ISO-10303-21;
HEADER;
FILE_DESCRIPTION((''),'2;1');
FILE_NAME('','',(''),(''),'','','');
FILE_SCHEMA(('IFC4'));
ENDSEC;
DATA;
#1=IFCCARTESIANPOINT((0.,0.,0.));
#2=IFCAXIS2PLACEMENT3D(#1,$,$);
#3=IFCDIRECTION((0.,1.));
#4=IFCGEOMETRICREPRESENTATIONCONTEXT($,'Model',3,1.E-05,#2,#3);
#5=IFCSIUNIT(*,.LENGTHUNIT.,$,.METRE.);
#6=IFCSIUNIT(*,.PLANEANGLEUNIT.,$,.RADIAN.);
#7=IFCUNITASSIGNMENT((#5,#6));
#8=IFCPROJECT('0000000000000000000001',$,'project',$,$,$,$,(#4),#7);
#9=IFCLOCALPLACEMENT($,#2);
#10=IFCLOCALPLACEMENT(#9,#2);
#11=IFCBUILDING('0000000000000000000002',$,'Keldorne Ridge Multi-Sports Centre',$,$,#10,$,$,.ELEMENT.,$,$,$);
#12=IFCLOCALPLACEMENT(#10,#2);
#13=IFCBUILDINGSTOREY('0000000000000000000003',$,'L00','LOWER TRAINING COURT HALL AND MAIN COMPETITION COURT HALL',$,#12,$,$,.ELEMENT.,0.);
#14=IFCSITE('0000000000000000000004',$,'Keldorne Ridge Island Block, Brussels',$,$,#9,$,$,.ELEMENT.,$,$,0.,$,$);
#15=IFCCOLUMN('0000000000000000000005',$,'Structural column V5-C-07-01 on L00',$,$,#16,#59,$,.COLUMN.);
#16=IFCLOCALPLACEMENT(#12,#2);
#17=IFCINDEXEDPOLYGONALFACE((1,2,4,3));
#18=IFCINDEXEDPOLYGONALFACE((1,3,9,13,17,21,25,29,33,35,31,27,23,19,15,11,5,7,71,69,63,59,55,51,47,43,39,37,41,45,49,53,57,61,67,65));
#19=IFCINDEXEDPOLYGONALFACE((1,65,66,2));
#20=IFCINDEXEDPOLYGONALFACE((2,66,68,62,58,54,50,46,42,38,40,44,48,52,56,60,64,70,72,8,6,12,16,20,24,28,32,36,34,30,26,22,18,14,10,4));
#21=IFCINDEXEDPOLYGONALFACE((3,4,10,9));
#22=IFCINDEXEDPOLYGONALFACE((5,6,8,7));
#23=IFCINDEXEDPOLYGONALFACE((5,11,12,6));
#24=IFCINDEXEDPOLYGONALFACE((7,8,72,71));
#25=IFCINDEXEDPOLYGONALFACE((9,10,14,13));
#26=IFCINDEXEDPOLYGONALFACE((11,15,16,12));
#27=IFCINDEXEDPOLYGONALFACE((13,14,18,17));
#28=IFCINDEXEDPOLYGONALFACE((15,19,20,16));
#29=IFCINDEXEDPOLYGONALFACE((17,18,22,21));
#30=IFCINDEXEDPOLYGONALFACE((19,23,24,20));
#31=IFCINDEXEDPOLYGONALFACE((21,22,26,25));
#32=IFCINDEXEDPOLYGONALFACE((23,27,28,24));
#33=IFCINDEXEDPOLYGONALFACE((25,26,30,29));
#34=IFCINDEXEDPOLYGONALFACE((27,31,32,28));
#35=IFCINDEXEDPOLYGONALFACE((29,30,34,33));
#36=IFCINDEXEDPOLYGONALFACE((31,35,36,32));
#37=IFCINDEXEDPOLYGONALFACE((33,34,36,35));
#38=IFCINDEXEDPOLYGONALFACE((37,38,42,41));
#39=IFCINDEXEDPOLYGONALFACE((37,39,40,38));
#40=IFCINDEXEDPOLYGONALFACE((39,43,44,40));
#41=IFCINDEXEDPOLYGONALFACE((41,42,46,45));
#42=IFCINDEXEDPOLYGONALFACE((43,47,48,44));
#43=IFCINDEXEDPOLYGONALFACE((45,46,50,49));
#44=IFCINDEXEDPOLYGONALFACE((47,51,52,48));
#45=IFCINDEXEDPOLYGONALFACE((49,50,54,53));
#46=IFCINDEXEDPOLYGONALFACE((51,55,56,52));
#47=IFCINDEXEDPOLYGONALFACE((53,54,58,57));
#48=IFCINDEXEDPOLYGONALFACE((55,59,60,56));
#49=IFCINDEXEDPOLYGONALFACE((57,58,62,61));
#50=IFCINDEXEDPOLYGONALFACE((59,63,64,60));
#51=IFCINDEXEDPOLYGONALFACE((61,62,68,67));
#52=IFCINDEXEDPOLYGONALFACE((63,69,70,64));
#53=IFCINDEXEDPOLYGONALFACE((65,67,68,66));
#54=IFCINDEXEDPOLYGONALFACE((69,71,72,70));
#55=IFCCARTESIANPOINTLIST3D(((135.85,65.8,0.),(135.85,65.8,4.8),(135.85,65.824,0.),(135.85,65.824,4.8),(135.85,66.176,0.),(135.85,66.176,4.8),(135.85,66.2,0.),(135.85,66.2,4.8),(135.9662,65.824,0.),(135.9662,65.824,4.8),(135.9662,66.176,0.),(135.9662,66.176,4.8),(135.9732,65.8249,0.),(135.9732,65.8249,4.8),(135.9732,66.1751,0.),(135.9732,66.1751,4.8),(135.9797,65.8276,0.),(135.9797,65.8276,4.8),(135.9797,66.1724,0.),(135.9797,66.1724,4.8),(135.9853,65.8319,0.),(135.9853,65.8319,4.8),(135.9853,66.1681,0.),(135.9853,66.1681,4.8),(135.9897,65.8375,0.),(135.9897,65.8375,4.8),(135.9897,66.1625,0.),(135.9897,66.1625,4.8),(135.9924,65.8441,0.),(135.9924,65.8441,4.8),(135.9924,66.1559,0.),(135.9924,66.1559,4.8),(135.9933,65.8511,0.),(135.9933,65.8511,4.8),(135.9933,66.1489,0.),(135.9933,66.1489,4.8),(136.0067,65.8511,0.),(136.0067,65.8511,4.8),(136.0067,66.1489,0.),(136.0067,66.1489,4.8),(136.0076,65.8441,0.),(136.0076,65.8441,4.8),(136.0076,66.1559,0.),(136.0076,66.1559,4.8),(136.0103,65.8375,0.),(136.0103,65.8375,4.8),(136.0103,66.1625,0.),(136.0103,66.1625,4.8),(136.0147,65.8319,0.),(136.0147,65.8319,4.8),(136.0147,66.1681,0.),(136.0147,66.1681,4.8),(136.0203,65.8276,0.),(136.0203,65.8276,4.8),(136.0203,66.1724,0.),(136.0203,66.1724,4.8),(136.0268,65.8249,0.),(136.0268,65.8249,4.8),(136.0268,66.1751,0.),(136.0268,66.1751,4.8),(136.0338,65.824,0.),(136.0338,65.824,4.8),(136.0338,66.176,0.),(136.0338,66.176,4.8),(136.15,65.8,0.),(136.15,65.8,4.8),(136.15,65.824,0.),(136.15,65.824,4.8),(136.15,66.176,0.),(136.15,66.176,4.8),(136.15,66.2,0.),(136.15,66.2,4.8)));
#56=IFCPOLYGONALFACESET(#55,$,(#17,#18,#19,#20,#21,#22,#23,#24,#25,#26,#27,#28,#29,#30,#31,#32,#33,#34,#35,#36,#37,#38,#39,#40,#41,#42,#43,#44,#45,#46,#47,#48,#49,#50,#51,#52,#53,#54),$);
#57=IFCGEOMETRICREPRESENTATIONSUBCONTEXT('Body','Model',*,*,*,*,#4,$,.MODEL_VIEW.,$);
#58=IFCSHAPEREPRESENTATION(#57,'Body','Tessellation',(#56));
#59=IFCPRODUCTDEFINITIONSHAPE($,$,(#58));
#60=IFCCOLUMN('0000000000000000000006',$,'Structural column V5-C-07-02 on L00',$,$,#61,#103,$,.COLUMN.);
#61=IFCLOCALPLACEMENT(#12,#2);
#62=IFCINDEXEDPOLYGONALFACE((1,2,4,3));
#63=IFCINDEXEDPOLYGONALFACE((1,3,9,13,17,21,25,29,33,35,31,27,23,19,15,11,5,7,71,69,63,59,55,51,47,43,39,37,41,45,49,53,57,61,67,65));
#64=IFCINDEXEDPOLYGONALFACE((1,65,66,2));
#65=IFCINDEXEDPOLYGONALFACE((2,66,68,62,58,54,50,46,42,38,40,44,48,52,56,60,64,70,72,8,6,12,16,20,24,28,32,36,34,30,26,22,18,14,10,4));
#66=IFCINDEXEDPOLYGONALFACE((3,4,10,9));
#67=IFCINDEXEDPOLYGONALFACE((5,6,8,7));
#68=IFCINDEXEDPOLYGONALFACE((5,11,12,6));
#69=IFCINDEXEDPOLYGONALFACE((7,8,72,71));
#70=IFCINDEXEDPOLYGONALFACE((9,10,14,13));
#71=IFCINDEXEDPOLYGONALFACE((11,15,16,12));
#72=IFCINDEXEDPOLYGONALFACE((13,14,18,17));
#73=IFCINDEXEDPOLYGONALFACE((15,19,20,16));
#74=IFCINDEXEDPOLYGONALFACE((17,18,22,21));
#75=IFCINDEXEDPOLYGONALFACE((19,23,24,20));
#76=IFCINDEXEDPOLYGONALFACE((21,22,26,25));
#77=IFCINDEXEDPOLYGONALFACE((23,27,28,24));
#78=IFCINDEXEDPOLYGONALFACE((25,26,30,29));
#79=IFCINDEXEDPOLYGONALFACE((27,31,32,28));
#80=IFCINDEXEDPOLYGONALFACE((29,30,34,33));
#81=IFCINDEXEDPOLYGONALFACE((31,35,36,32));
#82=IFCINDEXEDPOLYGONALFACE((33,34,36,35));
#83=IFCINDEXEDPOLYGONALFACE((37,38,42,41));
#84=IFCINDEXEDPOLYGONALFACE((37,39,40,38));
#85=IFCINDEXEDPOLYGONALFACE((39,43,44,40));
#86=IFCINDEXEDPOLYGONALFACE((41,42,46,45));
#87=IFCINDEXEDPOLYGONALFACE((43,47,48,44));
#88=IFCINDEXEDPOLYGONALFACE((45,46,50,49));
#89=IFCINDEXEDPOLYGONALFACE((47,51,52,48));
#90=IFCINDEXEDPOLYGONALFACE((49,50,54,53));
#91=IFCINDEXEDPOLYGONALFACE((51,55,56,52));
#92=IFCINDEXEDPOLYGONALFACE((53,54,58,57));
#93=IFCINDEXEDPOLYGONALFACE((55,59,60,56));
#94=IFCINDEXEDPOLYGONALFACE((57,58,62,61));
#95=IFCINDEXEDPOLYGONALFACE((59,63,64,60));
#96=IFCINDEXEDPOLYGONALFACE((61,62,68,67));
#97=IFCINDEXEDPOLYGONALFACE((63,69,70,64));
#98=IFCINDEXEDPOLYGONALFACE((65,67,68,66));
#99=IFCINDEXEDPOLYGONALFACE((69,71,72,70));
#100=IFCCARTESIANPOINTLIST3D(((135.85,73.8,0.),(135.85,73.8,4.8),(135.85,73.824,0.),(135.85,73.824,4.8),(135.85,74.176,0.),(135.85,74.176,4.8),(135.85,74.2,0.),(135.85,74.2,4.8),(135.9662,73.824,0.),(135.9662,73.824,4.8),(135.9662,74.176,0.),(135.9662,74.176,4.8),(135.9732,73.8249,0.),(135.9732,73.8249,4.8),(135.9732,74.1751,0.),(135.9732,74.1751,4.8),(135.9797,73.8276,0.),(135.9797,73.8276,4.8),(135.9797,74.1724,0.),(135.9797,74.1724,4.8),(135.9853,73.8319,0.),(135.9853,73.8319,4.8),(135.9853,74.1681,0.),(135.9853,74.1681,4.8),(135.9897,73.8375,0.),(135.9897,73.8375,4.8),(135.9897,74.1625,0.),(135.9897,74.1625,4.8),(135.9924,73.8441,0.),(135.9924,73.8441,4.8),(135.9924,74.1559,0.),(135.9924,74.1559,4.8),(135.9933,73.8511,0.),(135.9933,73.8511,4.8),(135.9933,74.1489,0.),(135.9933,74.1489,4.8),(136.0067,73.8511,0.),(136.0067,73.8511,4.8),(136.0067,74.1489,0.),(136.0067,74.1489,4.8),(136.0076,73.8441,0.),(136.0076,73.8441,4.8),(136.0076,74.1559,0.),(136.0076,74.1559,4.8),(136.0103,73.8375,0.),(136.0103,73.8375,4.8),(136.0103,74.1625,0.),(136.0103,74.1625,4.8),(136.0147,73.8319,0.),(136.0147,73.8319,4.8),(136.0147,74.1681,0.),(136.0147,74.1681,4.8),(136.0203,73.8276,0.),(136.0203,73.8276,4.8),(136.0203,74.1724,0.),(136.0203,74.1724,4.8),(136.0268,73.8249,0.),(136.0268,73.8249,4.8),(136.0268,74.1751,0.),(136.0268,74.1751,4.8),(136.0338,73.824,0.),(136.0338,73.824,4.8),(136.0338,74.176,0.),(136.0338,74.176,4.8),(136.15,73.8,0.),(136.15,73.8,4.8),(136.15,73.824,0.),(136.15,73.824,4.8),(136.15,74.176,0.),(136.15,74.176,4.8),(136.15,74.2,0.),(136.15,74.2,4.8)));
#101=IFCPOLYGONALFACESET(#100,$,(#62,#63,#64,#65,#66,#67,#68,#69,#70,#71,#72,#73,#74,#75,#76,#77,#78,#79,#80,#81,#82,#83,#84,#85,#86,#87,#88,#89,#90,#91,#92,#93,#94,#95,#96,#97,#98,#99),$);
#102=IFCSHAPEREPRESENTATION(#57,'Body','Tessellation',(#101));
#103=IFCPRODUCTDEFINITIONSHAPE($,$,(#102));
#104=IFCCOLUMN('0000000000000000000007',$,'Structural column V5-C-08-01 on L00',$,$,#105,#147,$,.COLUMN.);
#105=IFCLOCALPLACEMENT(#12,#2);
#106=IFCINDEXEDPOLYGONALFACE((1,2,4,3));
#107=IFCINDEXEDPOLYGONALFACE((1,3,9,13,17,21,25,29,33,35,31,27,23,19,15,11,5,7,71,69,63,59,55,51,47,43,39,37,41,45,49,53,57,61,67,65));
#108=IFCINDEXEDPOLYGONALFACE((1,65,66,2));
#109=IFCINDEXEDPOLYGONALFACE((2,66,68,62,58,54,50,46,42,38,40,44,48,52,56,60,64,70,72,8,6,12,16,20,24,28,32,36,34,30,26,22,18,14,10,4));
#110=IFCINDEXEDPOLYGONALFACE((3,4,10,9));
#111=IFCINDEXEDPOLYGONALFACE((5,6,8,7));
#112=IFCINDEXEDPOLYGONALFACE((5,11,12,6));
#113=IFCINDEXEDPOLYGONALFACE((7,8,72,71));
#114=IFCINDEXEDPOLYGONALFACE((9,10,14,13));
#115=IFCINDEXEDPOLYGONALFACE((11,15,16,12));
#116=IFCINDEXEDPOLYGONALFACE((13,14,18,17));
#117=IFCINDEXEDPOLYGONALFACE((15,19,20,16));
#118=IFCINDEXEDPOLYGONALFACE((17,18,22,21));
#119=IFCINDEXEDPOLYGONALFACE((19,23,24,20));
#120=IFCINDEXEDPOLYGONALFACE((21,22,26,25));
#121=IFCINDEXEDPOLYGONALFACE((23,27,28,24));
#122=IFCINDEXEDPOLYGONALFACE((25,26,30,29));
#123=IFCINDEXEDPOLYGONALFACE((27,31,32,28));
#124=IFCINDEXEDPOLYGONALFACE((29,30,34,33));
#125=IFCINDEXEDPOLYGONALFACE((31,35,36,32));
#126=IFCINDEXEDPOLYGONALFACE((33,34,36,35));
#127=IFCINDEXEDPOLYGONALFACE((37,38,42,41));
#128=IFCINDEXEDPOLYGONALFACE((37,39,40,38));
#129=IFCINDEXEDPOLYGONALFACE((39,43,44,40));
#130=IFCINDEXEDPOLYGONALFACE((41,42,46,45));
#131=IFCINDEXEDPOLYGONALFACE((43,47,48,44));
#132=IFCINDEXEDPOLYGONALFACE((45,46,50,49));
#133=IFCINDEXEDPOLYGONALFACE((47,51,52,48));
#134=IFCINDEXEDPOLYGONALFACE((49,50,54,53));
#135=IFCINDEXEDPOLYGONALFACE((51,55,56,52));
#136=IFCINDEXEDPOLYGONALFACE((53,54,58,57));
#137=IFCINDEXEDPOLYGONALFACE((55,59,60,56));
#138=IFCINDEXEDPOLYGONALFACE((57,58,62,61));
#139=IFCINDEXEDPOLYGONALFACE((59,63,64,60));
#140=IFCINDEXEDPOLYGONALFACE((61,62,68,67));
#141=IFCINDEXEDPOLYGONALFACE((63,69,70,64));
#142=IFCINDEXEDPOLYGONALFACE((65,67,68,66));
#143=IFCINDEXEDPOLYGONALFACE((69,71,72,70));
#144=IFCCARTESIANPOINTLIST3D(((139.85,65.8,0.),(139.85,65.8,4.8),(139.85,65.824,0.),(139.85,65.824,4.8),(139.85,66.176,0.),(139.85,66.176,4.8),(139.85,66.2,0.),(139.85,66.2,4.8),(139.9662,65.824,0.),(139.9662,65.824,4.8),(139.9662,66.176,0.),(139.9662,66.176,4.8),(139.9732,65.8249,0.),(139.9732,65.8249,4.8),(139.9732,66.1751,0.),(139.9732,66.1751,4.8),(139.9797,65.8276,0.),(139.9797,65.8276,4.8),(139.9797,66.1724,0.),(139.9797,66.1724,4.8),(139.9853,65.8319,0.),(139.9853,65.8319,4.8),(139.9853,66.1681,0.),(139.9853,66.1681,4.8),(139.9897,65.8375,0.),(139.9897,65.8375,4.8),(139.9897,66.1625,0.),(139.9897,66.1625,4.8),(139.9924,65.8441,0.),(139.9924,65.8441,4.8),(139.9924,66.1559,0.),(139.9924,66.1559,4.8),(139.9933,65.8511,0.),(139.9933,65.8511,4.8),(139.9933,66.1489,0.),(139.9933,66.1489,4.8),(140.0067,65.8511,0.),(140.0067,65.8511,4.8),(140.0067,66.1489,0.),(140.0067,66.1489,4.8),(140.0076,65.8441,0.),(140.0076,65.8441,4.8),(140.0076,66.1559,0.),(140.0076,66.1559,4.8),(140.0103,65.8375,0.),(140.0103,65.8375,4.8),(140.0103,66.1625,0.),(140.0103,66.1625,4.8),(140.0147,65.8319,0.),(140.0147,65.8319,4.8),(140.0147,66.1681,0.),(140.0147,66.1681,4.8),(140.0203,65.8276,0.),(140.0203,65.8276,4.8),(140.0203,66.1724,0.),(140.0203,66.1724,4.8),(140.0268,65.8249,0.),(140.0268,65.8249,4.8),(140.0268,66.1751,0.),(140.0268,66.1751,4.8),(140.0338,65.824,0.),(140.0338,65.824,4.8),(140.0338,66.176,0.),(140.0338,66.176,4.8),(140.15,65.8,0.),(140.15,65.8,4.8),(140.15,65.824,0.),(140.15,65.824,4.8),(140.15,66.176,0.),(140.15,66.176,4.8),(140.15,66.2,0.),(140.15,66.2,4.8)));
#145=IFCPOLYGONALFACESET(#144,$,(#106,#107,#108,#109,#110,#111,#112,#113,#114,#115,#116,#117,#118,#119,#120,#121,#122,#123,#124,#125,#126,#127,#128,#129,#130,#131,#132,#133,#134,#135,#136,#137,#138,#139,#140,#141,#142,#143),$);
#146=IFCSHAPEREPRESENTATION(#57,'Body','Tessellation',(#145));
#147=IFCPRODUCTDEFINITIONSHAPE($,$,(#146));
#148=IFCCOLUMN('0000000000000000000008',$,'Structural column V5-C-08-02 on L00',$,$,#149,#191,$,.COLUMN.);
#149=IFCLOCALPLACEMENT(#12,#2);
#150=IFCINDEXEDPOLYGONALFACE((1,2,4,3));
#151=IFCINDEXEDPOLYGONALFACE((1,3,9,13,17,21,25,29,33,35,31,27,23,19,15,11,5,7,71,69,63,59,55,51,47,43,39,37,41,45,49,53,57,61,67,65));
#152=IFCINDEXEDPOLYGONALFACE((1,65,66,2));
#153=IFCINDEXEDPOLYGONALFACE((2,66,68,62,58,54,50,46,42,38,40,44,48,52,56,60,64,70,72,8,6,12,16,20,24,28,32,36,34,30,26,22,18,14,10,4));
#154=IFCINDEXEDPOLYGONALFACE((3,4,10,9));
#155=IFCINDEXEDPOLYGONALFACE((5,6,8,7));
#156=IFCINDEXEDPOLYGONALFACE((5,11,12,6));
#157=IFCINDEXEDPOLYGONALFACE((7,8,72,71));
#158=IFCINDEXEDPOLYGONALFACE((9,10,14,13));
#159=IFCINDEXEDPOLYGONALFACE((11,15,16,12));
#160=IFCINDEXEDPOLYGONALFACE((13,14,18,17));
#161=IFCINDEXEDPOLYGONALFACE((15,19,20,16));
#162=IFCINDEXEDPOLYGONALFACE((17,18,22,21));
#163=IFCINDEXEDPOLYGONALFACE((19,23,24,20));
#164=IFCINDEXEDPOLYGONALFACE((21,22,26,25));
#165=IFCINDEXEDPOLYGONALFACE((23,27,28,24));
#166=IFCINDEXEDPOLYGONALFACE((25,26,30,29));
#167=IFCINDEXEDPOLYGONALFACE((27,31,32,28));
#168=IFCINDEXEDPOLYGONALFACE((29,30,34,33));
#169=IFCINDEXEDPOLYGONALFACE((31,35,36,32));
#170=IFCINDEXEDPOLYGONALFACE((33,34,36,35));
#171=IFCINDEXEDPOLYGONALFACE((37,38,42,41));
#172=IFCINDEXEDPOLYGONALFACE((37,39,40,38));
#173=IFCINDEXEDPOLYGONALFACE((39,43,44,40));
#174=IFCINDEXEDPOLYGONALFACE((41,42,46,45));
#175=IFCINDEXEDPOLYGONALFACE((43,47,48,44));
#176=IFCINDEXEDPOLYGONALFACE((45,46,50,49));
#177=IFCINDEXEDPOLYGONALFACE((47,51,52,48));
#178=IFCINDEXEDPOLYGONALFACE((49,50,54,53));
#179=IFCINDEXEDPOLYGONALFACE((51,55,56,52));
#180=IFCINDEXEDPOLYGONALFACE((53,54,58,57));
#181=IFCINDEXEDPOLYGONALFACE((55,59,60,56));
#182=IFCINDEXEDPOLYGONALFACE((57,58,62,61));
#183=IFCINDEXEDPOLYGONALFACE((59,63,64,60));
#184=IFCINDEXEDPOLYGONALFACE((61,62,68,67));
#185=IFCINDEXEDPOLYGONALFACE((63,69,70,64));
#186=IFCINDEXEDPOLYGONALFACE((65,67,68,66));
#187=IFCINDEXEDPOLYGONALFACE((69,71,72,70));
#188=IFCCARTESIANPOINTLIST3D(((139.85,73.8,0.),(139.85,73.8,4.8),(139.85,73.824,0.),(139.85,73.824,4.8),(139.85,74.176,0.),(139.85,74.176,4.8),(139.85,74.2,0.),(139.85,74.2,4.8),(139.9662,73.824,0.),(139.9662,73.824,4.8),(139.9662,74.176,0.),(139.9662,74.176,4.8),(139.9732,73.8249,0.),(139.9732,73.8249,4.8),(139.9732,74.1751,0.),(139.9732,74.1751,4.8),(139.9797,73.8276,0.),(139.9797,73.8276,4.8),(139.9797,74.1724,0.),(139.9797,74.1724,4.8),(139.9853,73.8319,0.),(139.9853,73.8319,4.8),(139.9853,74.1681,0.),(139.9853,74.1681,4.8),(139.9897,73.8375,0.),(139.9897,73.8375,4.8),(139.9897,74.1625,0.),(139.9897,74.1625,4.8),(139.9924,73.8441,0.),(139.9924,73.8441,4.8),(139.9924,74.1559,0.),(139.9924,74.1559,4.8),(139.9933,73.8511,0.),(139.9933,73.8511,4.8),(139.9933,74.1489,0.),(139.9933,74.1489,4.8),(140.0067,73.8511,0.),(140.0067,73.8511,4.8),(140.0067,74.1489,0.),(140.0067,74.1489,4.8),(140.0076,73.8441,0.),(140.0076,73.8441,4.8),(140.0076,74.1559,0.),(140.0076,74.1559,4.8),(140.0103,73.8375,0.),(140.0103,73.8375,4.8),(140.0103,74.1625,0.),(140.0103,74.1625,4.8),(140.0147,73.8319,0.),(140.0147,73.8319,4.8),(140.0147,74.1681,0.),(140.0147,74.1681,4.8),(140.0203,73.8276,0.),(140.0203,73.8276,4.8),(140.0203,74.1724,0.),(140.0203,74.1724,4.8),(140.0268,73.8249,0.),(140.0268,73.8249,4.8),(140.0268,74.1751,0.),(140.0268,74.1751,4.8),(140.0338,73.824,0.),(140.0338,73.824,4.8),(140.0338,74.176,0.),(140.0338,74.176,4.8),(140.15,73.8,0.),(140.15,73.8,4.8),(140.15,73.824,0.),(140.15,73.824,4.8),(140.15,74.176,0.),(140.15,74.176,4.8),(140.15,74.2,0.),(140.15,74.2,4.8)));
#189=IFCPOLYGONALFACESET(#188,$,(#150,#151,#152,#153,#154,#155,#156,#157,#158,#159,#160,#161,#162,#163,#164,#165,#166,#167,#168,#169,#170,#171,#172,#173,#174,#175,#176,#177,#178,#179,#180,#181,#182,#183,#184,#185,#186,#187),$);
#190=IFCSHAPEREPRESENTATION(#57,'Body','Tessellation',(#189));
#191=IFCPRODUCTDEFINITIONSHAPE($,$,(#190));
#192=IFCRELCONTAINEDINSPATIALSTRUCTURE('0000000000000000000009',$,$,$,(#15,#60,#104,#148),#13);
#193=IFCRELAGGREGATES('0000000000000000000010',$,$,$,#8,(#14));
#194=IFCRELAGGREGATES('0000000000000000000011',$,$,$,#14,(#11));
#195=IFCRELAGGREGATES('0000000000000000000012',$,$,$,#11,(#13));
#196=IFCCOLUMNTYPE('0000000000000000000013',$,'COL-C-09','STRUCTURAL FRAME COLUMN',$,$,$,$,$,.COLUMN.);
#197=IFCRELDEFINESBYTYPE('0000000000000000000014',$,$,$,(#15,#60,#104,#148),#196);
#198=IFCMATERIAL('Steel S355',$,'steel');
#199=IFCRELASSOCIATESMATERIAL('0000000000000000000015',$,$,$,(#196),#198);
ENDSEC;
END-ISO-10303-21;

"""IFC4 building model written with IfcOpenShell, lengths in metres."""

from ifc_helpers import new_model, si_unit, direction, frame, origin, origin_2d, place, context, subcontext, project, spatial, i_section, extrude, material, material_profile, profile_set, type_object, element, save


model = new_model("IFC4")

# Units and contexts
model_context = context("Model", 3, precision=1e-05, world=origin(), true_north=direction((0.0, 1.0)))
body_context = subcontext(model_context, "Body", "Model", "MODEL_VIEW")
ifc_project = project(units=[si_unit("LENGTHUNIT", "METRE"), si_unit("PLANEANGLEUNIT", "RADIAN")], contexts=[model_context])

# Site, building, storey
site_placement = place(None, origin())
site = spatial("IfcSite", under=ifc_project, at=site_placement, Name="Keldorne Ridge Island Block, Brussels", CompositionType="ELEMENT", RefElevation=0.0)
building_placement = place(site_placement, origin())
building = spatial("IfcBuilding", under=site, at=building_placement, Name="Keldorne Ridge Multi-Sports Centre", CompositionType="ELEMENT")
storey_placement = place(building_placement, origin())
storey = spatial("IfcBuildingStorey", under=building, at=storey_placement, Name="L00", Description="LOWER TRAINING COURT HALL AND MAIN COMPETITION COURT HALL", CompositionType="ELEMENT", Elevation=0.0)

# Columns
ifc_material_1 = material(Name="Steel S355", Category="steel")
ifc_material_profile_1 = material_profile(ifc_material_1, i_section(OverallWidth=0.3, OverallDepth=0.3999, WebThickness=0.0134, FlangeThickness=0.0239, FilletRadius=0.0271, at=origin_2d()), Name="HEB 400")
ifc_profile_set_1 = profile_set([ifc_material_profile_1], Name="Steel S355")
column_type = type_object("IfcColumnType", Name="COL-C-09", Description="STRUCTURAL FRAME COLUMN", PredefinedType="COLUMN", material=ifc_profile_set_1)
for number, where, z_axis, x_axis, name in (
    (1, (136.0, 66.0, 0.0), (0.0, 0.0, 1.0), (1.0, 0.0, 0.0), "Structural column V5-C-07-01 on L00"),
    (2, (136.0, 74.0, 0.0), (0.0, 0.0, 1.0), (1.0, 0.0, 0.0), "Structural column V5-C-07-02 on L00"),
    (3, (140.0, 66.0, 0.0), (0.0, 0.0, 1.0), (1.0, 0.0, 0.0), "Structural column V5-C-08-01 on L00"),
    (4, (140.0, 74.0, 0.0), (0.0, 0.0, 1.0), (1.0, 0.0, 0.0), "Structural column V5-C-08-02 on L00"),
):
    element("IfcColumn", number, at=place(storey_placement, frame(where, z_axis=z_axis, x_axis=x_axis)), inside=storey, type_object=column_type, Name=name, PredefinedType="COLUMN", context=body_context, shape_type="SweptSolid", body=[
        extrude(i_section(OverallWidth=0.3, OverallDepth=0.3999, WebThickness=0.0134, FlangeThickness=0.0239, FilletRadius=0.0271, at=origin_2d()), origin(), (0.0, 0.0, 1.0), 4.8),
    ])

save(model, "model.ifc")
